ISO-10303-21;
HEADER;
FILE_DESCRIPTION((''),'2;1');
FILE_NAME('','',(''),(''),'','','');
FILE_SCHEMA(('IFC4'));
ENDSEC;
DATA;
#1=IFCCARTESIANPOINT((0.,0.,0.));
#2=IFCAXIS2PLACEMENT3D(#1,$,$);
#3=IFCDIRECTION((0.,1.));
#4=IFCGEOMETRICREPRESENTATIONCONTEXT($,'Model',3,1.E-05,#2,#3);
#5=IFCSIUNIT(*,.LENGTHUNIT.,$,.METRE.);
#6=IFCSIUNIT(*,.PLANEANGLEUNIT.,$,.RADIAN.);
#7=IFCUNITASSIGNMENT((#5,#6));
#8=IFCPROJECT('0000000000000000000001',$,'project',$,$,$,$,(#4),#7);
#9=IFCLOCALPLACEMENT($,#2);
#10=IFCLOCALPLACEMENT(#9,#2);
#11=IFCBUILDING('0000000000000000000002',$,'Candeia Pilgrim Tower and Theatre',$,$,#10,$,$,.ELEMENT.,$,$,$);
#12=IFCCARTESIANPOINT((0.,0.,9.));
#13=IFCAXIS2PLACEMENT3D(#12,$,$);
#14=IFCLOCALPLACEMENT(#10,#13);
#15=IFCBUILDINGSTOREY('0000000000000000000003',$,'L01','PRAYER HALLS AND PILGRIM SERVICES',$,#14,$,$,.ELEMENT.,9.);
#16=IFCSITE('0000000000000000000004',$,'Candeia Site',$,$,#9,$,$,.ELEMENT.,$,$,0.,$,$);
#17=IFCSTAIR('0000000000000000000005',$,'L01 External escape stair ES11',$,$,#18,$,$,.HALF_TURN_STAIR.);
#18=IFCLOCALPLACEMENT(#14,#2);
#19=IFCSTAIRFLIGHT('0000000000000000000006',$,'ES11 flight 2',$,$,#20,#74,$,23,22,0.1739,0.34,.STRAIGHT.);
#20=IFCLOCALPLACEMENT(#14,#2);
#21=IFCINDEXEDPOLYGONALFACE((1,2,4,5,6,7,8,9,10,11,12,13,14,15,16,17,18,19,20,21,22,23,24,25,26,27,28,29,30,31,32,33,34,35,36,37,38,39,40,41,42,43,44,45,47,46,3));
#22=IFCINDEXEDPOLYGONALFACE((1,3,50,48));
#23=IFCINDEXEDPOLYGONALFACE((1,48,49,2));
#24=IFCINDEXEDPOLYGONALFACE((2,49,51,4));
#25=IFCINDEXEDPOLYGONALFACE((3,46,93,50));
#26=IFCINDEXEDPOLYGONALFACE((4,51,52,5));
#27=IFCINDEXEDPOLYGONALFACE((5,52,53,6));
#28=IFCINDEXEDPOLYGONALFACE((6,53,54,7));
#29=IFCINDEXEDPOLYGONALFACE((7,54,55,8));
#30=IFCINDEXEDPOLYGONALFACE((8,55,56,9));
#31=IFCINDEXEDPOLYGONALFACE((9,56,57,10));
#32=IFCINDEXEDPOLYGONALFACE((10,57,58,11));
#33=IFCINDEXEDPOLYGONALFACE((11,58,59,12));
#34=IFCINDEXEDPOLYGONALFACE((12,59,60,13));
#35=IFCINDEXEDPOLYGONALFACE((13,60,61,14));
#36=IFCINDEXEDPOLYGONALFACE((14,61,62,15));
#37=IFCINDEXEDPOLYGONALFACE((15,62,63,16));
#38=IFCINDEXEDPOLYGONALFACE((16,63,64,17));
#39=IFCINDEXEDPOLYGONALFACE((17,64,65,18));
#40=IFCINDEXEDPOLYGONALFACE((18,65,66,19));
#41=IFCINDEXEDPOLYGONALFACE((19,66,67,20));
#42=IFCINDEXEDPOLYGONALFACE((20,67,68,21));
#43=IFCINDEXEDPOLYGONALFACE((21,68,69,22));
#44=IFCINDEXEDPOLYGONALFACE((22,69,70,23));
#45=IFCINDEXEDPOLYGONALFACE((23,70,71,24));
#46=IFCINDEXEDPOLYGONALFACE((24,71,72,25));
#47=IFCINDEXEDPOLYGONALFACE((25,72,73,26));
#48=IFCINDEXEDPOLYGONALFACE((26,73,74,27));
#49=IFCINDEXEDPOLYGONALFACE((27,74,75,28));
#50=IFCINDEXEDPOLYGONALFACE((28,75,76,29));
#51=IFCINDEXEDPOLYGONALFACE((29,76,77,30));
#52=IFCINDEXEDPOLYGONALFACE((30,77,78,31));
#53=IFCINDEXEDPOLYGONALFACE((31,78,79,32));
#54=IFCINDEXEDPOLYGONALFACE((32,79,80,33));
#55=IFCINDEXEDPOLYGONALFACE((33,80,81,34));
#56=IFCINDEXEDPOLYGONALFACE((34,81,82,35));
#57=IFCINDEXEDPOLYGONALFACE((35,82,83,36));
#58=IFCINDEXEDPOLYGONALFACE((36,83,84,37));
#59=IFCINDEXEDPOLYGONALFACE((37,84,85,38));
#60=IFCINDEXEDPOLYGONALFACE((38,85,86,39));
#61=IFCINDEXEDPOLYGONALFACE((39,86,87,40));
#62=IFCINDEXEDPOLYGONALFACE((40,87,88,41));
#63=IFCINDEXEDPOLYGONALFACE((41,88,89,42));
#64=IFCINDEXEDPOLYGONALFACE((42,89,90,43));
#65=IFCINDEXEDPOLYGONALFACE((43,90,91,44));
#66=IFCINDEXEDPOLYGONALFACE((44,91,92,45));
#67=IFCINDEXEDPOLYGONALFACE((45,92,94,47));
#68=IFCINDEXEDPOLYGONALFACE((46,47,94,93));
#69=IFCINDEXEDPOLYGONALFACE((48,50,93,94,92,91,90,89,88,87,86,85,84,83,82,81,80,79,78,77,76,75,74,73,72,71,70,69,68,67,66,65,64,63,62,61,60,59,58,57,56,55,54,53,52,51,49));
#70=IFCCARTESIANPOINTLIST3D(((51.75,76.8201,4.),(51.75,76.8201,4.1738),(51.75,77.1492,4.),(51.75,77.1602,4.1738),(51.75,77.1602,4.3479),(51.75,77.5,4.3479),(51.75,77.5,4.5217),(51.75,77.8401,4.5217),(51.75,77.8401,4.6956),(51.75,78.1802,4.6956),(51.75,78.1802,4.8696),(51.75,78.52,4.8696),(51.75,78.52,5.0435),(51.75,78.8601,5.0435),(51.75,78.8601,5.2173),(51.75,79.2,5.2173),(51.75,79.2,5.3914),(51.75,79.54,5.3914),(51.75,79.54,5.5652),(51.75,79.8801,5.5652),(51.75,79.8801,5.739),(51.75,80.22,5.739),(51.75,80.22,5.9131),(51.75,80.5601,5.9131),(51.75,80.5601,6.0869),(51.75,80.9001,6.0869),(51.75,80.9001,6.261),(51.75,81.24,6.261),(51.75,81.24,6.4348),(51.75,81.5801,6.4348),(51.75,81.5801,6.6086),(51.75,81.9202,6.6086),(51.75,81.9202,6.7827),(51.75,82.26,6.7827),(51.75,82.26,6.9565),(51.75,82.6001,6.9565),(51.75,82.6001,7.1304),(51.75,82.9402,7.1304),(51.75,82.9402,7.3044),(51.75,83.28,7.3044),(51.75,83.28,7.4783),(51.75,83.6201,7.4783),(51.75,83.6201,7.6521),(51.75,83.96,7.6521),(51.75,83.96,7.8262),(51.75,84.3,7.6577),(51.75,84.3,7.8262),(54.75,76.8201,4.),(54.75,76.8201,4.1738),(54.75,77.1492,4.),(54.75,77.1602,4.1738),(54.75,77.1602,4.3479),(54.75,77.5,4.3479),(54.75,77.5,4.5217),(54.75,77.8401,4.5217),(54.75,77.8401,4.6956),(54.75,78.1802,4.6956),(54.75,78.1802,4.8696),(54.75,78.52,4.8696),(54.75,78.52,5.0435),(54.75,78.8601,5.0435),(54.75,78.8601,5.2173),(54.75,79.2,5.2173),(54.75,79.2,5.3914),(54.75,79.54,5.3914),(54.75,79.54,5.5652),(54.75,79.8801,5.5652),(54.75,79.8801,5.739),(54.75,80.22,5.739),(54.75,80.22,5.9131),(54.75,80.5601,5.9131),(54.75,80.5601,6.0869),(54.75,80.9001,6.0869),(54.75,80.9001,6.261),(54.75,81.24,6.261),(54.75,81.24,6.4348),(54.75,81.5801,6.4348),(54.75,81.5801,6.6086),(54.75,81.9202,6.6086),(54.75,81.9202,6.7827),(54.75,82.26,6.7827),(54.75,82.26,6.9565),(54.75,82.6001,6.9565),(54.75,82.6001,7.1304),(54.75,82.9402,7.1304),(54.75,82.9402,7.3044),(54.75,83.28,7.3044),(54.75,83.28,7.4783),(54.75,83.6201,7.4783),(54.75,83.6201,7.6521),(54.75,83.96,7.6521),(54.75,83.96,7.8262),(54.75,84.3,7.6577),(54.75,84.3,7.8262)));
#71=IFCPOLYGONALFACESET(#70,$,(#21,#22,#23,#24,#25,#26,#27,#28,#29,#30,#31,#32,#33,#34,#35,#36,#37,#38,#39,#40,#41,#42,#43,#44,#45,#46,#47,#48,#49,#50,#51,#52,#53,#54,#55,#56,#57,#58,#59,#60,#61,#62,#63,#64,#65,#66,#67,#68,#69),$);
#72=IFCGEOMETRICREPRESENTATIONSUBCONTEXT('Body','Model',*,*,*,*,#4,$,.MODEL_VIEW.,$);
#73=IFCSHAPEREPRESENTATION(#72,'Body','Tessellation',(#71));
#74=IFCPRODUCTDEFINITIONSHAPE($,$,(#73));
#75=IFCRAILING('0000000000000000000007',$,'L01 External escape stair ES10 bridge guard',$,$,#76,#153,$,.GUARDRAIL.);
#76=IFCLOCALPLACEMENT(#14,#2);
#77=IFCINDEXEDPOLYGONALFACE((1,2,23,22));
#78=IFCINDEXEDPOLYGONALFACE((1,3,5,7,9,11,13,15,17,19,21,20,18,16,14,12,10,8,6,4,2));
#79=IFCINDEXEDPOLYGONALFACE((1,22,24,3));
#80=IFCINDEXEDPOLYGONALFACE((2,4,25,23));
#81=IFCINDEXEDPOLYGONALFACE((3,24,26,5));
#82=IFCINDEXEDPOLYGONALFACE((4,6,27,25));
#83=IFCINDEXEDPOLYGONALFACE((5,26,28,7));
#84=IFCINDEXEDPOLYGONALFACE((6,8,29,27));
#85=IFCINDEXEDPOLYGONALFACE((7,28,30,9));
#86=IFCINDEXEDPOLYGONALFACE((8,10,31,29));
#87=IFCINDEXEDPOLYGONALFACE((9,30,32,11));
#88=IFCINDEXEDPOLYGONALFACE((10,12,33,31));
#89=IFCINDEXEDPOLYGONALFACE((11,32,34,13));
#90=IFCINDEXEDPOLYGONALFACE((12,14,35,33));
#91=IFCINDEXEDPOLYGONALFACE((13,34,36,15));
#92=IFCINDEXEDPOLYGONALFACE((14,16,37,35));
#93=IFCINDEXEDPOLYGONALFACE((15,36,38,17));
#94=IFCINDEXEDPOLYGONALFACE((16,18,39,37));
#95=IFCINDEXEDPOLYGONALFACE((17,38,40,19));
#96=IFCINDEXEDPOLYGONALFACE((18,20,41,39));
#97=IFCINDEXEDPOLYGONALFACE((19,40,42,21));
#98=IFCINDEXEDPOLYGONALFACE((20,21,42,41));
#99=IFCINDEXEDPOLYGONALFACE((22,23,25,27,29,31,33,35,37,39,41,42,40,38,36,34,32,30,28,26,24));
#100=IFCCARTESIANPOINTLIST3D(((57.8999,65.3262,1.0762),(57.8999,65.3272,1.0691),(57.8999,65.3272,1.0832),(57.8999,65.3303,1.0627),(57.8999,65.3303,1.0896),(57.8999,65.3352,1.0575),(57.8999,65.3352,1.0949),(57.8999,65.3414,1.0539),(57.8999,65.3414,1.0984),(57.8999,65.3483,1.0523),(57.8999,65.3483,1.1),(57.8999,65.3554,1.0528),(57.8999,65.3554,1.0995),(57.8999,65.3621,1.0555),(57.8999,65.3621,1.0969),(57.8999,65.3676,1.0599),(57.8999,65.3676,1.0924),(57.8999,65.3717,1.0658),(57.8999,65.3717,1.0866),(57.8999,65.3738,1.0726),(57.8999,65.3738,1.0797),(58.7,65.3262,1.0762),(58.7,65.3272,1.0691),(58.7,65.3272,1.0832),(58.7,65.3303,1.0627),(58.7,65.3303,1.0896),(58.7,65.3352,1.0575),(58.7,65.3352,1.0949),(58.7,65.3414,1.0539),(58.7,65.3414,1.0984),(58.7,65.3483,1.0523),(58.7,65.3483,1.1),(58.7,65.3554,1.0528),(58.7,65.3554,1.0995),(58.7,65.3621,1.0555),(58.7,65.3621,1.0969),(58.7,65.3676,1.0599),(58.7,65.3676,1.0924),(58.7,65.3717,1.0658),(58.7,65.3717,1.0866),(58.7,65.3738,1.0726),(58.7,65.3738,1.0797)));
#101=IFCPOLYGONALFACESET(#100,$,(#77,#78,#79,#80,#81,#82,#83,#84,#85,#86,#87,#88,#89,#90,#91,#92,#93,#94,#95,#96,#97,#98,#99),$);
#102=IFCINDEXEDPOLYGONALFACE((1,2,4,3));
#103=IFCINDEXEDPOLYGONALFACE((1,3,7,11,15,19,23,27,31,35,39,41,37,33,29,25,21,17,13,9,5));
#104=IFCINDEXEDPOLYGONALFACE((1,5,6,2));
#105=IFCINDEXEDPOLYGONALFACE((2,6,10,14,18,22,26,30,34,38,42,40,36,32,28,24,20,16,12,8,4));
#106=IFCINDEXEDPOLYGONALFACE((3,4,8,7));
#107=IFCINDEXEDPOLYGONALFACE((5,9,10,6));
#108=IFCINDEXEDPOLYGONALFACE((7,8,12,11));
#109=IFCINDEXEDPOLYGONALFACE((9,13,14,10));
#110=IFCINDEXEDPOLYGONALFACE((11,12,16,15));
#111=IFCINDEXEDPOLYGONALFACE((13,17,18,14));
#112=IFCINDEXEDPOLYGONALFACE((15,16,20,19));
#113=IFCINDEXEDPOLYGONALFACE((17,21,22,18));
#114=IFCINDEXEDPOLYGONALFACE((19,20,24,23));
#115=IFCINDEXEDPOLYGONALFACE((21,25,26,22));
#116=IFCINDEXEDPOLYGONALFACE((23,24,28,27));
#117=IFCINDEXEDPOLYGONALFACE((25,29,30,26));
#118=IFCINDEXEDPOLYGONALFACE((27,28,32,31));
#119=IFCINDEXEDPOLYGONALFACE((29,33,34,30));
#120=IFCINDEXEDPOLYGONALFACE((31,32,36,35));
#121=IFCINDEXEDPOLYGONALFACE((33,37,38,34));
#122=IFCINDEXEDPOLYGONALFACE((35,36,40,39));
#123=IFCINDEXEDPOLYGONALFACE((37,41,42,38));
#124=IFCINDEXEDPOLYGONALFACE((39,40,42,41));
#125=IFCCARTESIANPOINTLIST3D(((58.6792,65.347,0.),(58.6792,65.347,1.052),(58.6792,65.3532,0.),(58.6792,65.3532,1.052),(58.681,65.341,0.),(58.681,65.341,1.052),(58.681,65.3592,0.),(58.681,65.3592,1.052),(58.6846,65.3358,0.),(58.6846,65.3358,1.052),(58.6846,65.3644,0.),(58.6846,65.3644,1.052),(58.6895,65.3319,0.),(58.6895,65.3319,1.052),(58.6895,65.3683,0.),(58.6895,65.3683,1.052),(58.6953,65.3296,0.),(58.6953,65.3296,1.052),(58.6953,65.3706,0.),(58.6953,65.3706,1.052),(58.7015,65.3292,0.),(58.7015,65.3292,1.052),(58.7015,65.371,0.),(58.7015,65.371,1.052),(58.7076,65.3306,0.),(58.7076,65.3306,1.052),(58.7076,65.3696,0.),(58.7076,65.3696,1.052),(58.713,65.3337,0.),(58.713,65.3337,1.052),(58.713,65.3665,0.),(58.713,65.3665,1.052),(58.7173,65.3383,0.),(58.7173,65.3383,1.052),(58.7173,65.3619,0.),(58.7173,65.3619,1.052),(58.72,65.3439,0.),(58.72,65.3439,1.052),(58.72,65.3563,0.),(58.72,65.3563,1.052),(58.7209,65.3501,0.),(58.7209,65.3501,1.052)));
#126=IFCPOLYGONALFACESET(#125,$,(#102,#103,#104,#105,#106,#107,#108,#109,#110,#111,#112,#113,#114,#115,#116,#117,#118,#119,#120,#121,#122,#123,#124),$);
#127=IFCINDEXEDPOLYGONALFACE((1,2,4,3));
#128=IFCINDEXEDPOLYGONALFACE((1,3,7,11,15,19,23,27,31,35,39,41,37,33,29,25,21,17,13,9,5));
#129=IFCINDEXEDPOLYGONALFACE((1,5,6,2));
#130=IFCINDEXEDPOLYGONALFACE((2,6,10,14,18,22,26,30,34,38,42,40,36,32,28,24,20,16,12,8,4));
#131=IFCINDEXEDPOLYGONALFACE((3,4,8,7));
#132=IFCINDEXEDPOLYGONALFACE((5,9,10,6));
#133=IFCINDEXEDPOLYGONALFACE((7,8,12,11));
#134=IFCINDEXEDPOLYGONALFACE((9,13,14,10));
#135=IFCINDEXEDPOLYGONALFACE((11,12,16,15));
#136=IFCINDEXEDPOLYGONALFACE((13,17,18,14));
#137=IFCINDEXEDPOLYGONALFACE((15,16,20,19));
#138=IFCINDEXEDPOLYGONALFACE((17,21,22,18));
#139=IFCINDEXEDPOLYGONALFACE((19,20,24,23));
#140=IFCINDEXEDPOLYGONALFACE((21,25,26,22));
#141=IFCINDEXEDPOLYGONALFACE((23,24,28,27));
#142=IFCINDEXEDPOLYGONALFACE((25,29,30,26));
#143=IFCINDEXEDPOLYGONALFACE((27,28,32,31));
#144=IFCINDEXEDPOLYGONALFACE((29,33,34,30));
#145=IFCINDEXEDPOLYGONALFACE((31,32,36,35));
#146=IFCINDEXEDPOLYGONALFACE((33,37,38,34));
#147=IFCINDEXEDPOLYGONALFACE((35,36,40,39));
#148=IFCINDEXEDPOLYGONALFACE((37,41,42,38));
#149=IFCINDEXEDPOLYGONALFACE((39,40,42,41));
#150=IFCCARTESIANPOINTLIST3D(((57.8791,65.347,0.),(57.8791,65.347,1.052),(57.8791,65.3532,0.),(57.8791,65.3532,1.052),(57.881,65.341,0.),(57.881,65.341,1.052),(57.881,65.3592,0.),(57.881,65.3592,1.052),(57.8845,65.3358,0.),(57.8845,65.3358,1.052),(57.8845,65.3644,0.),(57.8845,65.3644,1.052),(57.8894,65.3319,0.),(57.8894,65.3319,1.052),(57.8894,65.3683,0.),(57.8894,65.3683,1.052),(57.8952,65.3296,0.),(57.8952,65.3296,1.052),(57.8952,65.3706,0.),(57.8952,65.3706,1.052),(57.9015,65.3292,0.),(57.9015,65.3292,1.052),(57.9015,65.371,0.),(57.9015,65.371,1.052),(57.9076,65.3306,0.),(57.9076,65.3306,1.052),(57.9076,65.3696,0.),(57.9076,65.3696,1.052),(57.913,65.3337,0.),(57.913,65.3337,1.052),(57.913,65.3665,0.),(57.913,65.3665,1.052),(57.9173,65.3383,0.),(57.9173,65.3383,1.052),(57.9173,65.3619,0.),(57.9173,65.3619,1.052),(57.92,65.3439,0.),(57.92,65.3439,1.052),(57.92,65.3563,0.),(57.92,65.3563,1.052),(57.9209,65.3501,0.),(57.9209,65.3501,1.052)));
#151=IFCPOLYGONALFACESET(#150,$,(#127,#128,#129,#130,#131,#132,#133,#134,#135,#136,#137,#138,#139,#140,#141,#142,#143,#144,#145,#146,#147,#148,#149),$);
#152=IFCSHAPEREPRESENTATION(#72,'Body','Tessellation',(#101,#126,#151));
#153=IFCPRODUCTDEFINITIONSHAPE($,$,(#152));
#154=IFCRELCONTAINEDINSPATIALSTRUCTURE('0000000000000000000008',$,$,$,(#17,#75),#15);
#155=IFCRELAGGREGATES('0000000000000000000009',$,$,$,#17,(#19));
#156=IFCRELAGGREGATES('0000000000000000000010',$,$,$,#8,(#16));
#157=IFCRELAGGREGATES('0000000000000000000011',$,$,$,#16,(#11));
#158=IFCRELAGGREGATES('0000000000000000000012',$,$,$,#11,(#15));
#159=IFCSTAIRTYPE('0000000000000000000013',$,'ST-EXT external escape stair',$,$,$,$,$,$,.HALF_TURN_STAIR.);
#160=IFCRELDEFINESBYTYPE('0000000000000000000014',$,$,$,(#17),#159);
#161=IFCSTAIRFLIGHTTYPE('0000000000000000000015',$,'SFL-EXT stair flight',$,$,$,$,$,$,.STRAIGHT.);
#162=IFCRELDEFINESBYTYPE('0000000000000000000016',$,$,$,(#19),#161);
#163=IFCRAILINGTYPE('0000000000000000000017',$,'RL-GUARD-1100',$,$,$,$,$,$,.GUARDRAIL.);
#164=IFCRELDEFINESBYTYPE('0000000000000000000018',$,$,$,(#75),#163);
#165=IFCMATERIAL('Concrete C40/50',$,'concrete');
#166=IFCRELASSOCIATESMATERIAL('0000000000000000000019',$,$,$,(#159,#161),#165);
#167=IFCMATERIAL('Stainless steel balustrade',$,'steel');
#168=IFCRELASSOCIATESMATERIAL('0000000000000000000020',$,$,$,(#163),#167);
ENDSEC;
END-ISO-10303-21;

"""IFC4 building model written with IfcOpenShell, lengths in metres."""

from ifc_helpers import new_model, si_unit, direction, frame, origin, origin_2d, place, context, subcontext, project, spatial, polyline, circle, outline, extrude, material, type_object, element, aggregate, save


model = new_model("IFC4")

# Units and contexts
model_context = context("Model", 3, precision=1e-05, world=origin(), true_north=direction((0.0, 1.0)))
body_context = subcontext(model_context, "Body", "Model", "MODEL_VIEW")
ifc_project = project(units=[si_unit("LENGTHUNIT", "METRE"), si_unit("PLANEANGLEUNIT", "RADIAN")], contexts=[model_context])

# Site, building, storey
site_placement = place(None, origin())
site = spatial("IfcSite", under=ifc_project, at=site_placement, Name="Candeia Site", CompositionType="ELEMENT", RefElevation=0.0)
building_placement = place(site_placement, origin())
building = spatial("IfcBuilding", under=site, at=building_placement, Name="Candeia Pilgrim Tower and Theatre", CompositionType="ELEMENT")
storey_placement = place(building_placement, frame((0.0, 0.0, 9.0)))
storey = spatial("IfcBuildingStorey", under=building, at=storey_placement, Name="L01", Description="PRAYER HALLS AND PILGRIM SERVICES", CompositionType="ELEMENT", Elevation=9.0)

# Shared definitions
ifc_material_1 = material(Name="Concrete C40/50", Category="concrete")

# Stair, stair flight
stair_type = type_object("IfcStairType", Name="ST-EXT external escape stair", PredefinedType="HALF_TURN_STAIR", material=ifc_material_1)
stair_flight_type = type_object("IfcStairFlightType", Name="SFL-EXT stair flight", PredefinedType="STRAIGHT", material=ifc_material_1)
stair_1_placement = place(storey_placement, origin())
stair_1 = element("IfcStair", 1, at=stair_1_placement, inside=storey, type_object=stair_type, Name="L01 External escape stair ES11", PredefinedType="HALF_TURN_STAIR")
stair_flight_1_placement = place(storey_placement, frame((53.25, 76.8201, 4.0), z_axis=(0.0, 0.0, 1.0), x_axis=(0.0, 1.0, 0.0)))
stair_flight_1 = element("IfcStairFlight", 2, at=stair_flight_1_placement, type_object=stair_flight_type, Name="ES11 flight 2", NumberOfRisers=23, NumberOfTreads=22, PredefinedType="STRAIGHT", RiserHeight=0.1739, TreadLength=0.34, context=body_context, shape_type="SweptSolid", body=[
    extrude(outline(polyline([(0.0, 0.0), (0.0, 0.1738), (0.3401, 0.1738), (0.3401, 0.3479), (0.6799, 0.3479), (0.6799, 0.5217), (1.02, 0.5217), (1.02, 0.6956), (1.3601, 0.6956), (1.3601, 0.8696), (1.7, 0.8696), (1.7, 1.0435), (2.04, 1.0435), (2.04, 1.2173), (2.3799, 1.2173), (2.3799, 1.3914), (2.72, 1.3914), (2.72, 1.5652), (3.0601, 1.5652), (3.0601, 1.739), (3.3999, 1.739), (3.3999, 1.9131), (3.74, 1.9131), (3.74, 2.0869), (4.0801, 2.0869), (4.0801, 2.261), (4.4199, 2.261), (4.4199, 2.4348), (4.76, 2.4348), (4.76, 2.6086), (5.1001, 2.6086), (5.1001, 2.7827), (5.4399, 2.7827), (5.4399, 2.9565), (5.78, 2.9565), (5.78, 3.1304), (6.1201, 3.1304), (6.1201, 3.3044), (6.46, 3.3044), (6.46, 3.4783), (6.8, 3.4783), (6.8, 3.6521), (7.1399, 3.6521), (7.1399, 3.8262), (7.48, 3.8262), (7.48, 4.0), (7.48, 3.6577), (0.3291, 0.0), (0.0, 0.0)])), frame((0.0, 1.5, 0.0), z_axis=(0.0, -1.0, 0.0), x_axis=(1.0, 0.0, 0.0)), (0.0, 0.0, 1.0), 3.0),
])
aggregate(stair_1, [stair_flight_1])

# Railing
ifc_material_2 = material(Name="Stainless steel balustrade", Category="steel")
railing_type_1 = type_object("IfcRailingType", Name="RL-GUARD-1100", PredefinedType="GUARDRAIL", material=ifc_material_2)
railing_1_placement = place(storey_placement, frame((58.7, 65.3501, 0.0)))
element("IfcRailing", 3, at=railing_1_placement, inside=storey, type_object=railing_type_1, Name="L01 External escape stair ES10 bridge guard", PredefinedType="GUARDRAIL", context=body_context, shape_type="SweptSolid", body=[
    extrude(circle(Radius=0.0239, at=origin_2d()), frame((0.0, 0.0, 1.0762), z_axis=(-1.0, 0.0, 0.0), x_axis=(0.0, -1.0, 0.0)), (0.0, 0.0, 1.0), 0.8),
    extrude(circle(Radius=0.021, at=origin_2d()), origin(), (0.0, 0.0, 1.0), 1.052),
    extrude(circle(Radius=0.021, at=origin_2d()), frame((-0.8, 0.0, 0.0)), (0.0, 0.0, 1.0), 1.052),
])

save(model, "model.ifc")
